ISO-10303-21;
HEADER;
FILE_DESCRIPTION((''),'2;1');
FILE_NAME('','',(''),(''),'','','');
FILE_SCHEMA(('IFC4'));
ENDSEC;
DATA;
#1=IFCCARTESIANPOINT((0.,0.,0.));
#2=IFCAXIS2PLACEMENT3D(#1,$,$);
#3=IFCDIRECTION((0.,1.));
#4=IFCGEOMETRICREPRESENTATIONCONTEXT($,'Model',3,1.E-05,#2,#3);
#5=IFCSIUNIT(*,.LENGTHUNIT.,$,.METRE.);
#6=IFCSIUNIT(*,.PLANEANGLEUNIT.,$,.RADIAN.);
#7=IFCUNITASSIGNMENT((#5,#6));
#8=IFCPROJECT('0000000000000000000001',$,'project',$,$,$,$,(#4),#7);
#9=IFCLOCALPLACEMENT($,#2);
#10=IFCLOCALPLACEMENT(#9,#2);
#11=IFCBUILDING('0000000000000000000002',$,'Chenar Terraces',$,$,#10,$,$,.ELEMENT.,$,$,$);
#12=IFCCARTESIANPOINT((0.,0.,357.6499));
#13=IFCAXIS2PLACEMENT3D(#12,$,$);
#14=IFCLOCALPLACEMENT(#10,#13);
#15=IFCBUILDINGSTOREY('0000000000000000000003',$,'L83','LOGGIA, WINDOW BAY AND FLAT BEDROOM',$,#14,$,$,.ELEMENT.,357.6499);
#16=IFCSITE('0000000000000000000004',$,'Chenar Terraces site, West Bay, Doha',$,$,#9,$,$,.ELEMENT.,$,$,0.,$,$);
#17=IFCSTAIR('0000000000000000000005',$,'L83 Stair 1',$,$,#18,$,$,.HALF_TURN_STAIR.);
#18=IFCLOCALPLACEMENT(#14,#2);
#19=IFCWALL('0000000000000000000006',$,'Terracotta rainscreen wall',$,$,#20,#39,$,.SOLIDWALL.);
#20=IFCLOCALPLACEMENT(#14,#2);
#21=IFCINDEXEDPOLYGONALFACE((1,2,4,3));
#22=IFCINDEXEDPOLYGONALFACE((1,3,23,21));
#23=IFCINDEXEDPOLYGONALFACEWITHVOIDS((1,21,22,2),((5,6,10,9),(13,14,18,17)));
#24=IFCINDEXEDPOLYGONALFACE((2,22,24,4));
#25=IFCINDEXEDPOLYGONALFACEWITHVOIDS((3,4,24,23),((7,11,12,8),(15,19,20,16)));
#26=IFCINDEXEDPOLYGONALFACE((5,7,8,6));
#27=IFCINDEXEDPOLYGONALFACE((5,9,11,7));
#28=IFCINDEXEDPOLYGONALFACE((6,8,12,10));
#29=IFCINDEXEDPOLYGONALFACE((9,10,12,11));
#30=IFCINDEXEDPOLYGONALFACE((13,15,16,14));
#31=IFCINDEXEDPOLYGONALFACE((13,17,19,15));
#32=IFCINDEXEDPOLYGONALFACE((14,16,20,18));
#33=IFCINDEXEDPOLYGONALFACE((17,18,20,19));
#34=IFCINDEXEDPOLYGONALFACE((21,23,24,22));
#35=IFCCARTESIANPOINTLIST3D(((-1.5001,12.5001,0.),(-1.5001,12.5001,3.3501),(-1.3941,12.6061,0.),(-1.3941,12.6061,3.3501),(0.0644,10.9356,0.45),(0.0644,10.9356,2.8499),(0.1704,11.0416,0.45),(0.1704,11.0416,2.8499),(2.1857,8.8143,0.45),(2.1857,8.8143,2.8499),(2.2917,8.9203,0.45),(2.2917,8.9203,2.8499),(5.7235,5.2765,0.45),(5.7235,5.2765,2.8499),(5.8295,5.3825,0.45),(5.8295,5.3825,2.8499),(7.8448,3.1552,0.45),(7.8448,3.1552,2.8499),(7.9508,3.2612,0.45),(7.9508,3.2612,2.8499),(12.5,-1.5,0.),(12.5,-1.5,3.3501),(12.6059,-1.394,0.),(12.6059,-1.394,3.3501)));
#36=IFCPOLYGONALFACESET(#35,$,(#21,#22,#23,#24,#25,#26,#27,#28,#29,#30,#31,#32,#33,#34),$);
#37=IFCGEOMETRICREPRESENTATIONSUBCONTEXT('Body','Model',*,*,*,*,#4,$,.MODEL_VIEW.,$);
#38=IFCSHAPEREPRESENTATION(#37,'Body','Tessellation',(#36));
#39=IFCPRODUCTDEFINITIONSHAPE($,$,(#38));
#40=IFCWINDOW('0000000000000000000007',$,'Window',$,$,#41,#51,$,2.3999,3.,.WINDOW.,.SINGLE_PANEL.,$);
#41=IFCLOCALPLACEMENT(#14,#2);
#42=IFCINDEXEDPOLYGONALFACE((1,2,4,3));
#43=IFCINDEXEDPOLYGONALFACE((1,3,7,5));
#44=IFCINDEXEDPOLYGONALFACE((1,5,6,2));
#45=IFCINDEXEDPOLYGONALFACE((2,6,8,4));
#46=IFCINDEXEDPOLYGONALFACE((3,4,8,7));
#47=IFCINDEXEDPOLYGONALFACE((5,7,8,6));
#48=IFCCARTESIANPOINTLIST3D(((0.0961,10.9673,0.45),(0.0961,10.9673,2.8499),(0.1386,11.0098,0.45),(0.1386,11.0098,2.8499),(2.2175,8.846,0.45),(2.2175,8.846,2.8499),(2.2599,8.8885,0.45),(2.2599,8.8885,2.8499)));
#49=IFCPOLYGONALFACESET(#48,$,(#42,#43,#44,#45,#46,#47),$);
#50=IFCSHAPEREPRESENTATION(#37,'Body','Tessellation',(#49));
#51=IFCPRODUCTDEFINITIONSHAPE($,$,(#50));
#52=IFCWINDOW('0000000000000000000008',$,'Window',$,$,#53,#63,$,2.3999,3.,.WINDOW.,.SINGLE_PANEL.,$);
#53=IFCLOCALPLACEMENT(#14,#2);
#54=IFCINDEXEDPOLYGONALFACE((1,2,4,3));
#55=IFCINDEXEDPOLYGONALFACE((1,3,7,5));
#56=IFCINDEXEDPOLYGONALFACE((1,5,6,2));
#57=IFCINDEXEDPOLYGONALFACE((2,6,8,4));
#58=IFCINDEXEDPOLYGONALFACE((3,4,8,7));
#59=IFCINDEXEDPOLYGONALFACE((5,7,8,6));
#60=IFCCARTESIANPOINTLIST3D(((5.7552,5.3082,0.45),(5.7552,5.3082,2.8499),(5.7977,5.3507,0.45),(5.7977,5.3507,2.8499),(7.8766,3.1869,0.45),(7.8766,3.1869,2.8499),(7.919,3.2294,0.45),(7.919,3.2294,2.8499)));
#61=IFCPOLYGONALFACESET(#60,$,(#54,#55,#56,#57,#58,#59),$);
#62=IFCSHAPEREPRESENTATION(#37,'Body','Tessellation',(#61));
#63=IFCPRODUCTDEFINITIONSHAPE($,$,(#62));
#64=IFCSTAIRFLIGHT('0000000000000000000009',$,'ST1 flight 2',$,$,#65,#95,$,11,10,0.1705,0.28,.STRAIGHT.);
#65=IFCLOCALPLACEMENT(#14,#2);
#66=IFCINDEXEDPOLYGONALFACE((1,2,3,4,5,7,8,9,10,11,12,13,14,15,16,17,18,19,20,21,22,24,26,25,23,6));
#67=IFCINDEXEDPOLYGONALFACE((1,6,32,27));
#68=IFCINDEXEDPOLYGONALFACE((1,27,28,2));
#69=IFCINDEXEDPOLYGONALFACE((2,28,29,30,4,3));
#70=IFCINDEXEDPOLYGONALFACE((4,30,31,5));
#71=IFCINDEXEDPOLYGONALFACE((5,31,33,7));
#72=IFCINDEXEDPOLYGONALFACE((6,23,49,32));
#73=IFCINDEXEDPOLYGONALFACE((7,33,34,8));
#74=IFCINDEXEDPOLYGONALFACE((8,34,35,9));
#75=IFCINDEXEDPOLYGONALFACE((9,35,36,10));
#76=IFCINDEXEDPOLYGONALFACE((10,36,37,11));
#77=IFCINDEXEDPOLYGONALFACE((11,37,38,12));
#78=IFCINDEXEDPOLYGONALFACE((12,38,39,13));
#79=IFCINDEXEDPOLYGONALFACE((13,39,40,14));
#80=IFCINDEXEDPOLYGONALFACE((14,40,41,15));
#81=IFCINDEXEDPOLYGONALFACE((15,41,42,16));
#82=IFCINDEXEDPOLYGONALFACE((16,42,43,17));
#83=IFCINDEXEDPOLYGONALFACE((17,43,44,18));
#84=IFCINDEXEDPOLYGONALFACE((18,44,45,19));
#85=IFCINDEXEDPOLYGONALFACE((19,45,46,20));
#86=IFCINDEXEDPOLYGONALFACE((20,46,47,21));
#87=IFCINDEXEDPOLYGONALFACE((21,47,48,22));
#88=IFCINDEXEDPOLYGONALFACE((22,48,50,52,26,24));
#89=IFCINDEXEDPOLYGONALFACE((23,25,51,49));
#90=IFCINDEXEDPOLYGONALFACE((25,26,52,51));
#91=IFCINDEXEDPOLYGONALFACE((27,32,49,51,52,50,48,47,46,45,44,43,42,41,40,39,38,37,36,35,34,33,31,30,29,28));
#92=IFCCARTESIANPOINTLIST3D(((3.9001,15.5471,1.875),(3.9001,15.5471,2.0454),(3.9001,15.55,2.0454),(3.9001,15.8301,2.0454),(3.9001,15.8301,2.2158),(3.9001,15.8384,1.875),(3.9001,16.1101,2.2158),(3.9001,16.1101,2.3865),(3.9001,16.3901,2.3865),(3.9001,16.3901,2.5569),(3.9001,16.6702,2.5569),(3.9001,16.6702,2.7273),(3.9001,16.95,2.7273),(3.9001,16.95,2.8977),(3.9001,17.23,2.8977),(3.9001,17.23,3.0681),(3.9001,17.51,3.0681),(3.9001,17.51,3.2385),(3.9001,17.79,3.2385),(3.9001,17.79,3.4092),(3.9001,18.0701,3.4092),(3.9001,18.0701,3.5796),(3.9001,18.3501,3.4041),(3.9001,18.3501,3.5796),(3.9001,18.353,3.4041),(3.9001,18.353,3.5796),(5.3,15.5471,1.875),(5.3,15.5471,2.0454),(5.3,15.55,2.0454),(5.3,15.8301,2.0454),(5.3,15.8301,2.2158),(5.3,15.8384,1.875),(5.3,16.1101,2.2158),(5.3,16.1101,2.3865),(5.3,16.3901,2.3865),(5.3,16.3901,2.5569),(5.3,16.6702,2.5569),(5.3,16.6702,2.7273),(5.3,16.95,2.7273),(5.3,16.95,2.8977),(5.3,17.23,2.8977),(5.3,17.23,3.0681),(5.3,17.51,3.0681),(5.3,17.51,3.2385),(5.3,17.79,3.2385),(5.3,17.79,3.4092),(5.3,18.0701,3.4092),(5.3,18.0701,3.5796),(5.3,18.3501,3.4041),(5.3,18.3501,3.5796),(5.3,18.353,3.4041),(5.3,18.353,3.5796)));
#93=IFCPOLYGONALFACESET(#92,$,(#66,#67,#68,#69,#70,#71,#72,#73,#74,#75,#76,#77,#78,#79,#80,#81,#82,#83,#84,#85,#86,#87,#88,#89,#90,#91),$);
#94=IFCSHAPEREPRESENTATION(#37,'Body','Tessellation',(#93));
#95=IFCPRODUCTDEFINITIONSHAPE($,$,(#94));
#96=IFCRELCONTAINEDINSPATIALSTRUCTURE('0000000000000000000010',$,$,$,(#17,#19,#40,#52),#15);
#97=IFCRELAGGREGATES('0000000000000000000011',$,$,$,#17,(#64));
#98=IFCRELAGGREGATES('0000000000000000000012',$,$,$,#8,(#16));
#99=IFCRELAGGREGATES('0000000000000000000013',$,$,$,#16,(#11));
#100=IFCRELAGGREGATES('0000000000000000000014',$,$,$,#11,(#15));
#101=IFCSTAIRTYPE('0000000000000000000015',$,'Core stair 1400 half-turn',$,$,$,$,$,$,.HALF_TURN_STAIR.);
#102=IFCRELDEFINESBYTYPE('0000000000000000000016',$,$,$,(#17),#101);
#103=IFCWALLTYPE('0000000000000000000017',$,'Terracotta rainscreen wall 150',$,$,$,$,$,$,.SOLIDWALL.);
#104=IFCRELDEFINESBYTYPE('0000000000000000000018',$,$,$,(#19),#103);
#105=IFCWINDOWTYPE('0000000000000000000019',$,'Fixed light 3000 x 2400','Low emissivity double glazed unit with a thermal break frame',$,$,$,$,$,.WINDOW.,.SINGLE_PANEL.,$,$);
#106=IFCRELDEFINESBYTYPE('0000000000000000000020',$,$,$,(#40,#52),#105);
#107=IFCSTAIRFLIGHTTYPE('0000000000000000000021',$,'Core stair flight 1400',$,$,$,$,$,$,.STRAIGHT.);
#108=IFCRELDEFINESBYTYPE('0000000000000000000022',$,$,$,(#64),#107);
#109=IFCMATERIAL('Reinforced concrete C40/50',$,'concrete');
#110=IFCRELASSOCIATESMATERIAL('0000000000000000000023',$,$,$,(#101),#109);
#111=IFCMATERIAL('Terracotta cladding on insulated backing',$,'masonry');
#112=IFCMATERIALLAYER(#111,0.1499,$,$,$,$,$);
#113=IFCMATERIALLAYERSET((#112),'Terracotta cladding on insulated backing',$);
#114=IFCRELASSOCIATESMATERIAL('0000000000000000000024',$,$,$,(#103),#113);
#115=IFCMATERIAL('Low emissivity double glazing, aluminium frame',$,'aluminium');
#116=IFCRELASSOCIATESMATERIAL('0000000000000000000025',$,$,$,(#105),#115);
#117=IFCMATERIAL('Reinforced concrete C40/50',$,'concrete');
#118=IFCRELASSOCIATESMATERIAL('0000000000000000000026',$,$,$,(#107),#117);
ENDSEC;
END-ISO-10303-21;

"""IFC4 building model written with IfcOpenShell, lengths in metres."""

from ifc_helpers import new_model, si_unit, direction, frame, frame_2d, origin, place, context, subcontext, project, spatial, polyline, rectangle, outline, extrude, material, layer, layer_set, type_object, element, fill, aggregate, save


model = new_model("IFC4")

# Units and contexts
model_context = context("Model", 3, precision=1e-05, world=origin(), true_north=direction((0.0, 1.0)))
body_context = subcontext(model_context, "Body", "Model", "MODEL_VIEW")
ifc_project = project(units=[si_unit("LENGTHUNIT", "METRE"), si_unit("PLANEANGLEUNIT", "RADIAN")], contexts=[model_context])

# Site, building, storey
site_placement = place(None, origin())
site = spatial("IfcSite", under=ifc_project, at=site_placement, Name="Chenar Terraces site, West Bay, Doha", CompositionType="ELEMENT", RefElevation=0.0)
building_placement = place(site_placement, origin())
building = spatial("IfcBuilding", under=site, at=building_placement, Name="Chenar Terraces", CompositionType="ELEMENT")
storey_placement = place(building_placement, frame((0.0, 0.0, 357.6499)))
storey = spatial("IfcBuildingStorey", under=building, at=storey_placement, Name="L83", Description="LOGGIA, WINDOW BAY AND FLAT BEDROOM", CompositionType="ELEMENT", Elevation=357.6499)

# Stair
ifc_material_1 = material(Name="Reinforced concrete C40/50", Category="concrete")
stair_type = type_object("IfcStairType", Name="Core stair 1400 half-turn", PredefinedType="HALF_TURN_STAIR", material=ifc_material_1)
placement_1 = place(storey_placement, origin())
stair_1 = element("IfcStair", 1, at=placement_1, inside=storey, type_object=stair_type, Name="L83 Stair 1", PredefinedType="HALF_TURN_STAIR")

# Wall, openings, windows
ifc_material_2 = material(Name="Terracotta cladding on insulated backing", Category="masonry")
ifc_layer_1 = layer(ifc_material_2, 0.1499)
ifc_layer_set_1 = layer_set([ifc_layer_1], Name="Terracotta cladding on insulated backing")
wall_type_1 = type_object("IfcWallType", Name="Terracotta rainscreen wall 150", PredefinedType="SOLIDWALL", material=ifc_layer_set_1)
wall_1_placement = place(storey_placement, frame((-1.447, 12.553, 0.0), z_axis=(0.0, 0.0, 1.0), x_axis=(0.707107, -0.707107, 0.0)))
wall_1 = element("IfcWall", 2, at=wall_1_placement, inside=storey, type_object=wall_type_1, Name="Terracotta rainscreen wall", PredefinedType="SOLIDWALL", context=body_context, shape_type="SweptSolid", body=[
    extrude(rectangle(XDim=19.7991, YDim=0.1499, at=frame_2d((9.8994, 0.0))), origin(), (0.0, 0.0, 1.0), 3.3501),
])
opening_1_placement = place(wall_1_placement, frame((2.2124, 0.0, 0.45)))
opening_1 = element("IfcOpeningElement", 3, at=opening_1_placement, cuts=wall_1, PredefinedType="OPENING", context=body_context, shape_type="SweptSolid", body=[
    extrude(rectangle(XDim=3.0, YDim=2.3999, at=frame_2d((1.5, 1.2))), frame((0.0, 0.085, 0.0), z_axis=(0.0, -1.0, 0.0), x_axis=(1.0, 0.0, 0.0)), (0.0, 0.0, 1.0), 0.1699),
])
opening_2_placement = place(wall_1_placement, frame((10.2156, 0.0, 0.45)))
opening_2 = element("IfcOpeningElement", 4, at=opening_2_placement, cuts=wall_1, PredefinedType="OPENING", context=body_context, shape_type="SweptSolid", body=[
    extrude(rectangle(XDim=3.0, YDim=2.3999, at=frame_2d((1.5, 1.2))), frame((0.0, 0.085, 0.0), z_axis=(0.0, -1.0, 0.0), x_axis=(1.0, 0.0, 0.0)), (0.0, 0.0, 1.0), 0.1699),
])
ifc_material_3 = material(Name="Low emissivity double glazing, aluminium frame", Category="aluminium")
window_type = type_object("IfcWindowType", Name="Fixed light 3000 x 2400", Description="Low emissivity double glazed unit with a thermal break frame", PartitioningType="SINGLE_PANEL", PredefinedType="WINDOW", material=ifc_material_3)
window_1_placement = place(opening_1_placement, origin())
window_1 = element("IfcWindow", 5, at=window_1_placement, inside=storey, type_object=window_type, Name="Window", OverallHeight=2.3999, OverallWidth=3.0, PartitioningType="SINGLE_PANEL", PredefinedType="WINDOW", context=body_context, shape_type="SweptSolid", body=[
    extrude(rectangle(XDim=3.0, YDim=2.3999, at=frame_2d((1.5, 1.2))), frame((0.0, 0.03, 0.0), z_axis=(0.0, -1.0, 0.0), x_axis=(1.0, 0.0, 0.0)), (0.0, 0.0, 1.0), 0.0601),
])
fill(opening_1, window_1)
window_2_placement = place(opening_2_placement, origin())
window_2 = element("IfcWindow", 6, at=window_2_placement, inside=storey, type_object=window_type, Name="Window", OverallHeight=2.3999, OverallWidth=3.0, PartitioningType="SINGLE_PANEL", PredefinedType="WINDOW", context=body_context, shape_type="SweptSolid", body=[
    extrude(rectangle(XDim=3.0, YDim=2.3999, at=frame_2d((1.5, 1.2))), frame((0.0, 0.03, 0.0), z_axis=(0.0, -1.0, 0.0), x_axis=(1.0, 0.0, 0.0)), (0.0, 0.0, 1.0), 0.0601),
])
fill(opening_2, window_2)

# Stair flight
ifc_material_4 = material(Name="Reinforced concrete C40/50", Category="concrete")
stair_flight_type = type_object("IfcStairFlightType", Name="Core stair flight 1400", PredefinedType="STRAIGHT", material=ifc_material_4)
stair_flight_placement = place(storey_placement, frame((4.6001, 15.55, 1.875), z_axis=(0.0, 0.0, 1.0), x_axis=(0.0, 1.0, 0.0)))
stair_flight = element("IfcStairFlight", 7, at=stair_flight_placement, type_object=stair_flight_type, Name="ST1 flight 2", NumberOfRisers=11, NumberOfTreads=10, PredefinedType="STRAIGHT", RiserHeight=0.1705, TreadLength=0.28, context=body_context, shape_type="SweptSolid", body=[
    extrude(outline(polyline([(-0.0029, 0.0), (-0.0029, 0.1704), (0.0, 0.1704), (0.28, 0.1704), (0.28, 0.3408), (0.5601, 0.3408), (0.5601, 0.5115), (0.8401, 0.5115), (0.8401, 0.6819), (1.1201, 0.6819), (1.1201, 0.8523), (1.3999, 0.8523), (1.3999, 1.0227), (1.6799, 1.0227), (1.6799, 1.1931), (1.96, 1.1931), (1.96, 1.3635), (2.24, 1.3635), (2.24, 1.5342), (2.52, 1.5342), (2.52, 1.7046), (2.8, 1.7046), (2.803, 1.7046), (2.803, 1.5291), (2.8, 1.5291), (0.2883, 0.0), (-0.0029, 0.0)])), frame((0.0, 0.7, 0.0), z_axis=(0.0, -1.0, 0.0), x_axis=(1.0, 0.0, 0.0)), (0.0, 0.0, 1.0), 1.3999),
])
aggregate(stair_1, [stair_flight])

save(model, "model.ifc")
